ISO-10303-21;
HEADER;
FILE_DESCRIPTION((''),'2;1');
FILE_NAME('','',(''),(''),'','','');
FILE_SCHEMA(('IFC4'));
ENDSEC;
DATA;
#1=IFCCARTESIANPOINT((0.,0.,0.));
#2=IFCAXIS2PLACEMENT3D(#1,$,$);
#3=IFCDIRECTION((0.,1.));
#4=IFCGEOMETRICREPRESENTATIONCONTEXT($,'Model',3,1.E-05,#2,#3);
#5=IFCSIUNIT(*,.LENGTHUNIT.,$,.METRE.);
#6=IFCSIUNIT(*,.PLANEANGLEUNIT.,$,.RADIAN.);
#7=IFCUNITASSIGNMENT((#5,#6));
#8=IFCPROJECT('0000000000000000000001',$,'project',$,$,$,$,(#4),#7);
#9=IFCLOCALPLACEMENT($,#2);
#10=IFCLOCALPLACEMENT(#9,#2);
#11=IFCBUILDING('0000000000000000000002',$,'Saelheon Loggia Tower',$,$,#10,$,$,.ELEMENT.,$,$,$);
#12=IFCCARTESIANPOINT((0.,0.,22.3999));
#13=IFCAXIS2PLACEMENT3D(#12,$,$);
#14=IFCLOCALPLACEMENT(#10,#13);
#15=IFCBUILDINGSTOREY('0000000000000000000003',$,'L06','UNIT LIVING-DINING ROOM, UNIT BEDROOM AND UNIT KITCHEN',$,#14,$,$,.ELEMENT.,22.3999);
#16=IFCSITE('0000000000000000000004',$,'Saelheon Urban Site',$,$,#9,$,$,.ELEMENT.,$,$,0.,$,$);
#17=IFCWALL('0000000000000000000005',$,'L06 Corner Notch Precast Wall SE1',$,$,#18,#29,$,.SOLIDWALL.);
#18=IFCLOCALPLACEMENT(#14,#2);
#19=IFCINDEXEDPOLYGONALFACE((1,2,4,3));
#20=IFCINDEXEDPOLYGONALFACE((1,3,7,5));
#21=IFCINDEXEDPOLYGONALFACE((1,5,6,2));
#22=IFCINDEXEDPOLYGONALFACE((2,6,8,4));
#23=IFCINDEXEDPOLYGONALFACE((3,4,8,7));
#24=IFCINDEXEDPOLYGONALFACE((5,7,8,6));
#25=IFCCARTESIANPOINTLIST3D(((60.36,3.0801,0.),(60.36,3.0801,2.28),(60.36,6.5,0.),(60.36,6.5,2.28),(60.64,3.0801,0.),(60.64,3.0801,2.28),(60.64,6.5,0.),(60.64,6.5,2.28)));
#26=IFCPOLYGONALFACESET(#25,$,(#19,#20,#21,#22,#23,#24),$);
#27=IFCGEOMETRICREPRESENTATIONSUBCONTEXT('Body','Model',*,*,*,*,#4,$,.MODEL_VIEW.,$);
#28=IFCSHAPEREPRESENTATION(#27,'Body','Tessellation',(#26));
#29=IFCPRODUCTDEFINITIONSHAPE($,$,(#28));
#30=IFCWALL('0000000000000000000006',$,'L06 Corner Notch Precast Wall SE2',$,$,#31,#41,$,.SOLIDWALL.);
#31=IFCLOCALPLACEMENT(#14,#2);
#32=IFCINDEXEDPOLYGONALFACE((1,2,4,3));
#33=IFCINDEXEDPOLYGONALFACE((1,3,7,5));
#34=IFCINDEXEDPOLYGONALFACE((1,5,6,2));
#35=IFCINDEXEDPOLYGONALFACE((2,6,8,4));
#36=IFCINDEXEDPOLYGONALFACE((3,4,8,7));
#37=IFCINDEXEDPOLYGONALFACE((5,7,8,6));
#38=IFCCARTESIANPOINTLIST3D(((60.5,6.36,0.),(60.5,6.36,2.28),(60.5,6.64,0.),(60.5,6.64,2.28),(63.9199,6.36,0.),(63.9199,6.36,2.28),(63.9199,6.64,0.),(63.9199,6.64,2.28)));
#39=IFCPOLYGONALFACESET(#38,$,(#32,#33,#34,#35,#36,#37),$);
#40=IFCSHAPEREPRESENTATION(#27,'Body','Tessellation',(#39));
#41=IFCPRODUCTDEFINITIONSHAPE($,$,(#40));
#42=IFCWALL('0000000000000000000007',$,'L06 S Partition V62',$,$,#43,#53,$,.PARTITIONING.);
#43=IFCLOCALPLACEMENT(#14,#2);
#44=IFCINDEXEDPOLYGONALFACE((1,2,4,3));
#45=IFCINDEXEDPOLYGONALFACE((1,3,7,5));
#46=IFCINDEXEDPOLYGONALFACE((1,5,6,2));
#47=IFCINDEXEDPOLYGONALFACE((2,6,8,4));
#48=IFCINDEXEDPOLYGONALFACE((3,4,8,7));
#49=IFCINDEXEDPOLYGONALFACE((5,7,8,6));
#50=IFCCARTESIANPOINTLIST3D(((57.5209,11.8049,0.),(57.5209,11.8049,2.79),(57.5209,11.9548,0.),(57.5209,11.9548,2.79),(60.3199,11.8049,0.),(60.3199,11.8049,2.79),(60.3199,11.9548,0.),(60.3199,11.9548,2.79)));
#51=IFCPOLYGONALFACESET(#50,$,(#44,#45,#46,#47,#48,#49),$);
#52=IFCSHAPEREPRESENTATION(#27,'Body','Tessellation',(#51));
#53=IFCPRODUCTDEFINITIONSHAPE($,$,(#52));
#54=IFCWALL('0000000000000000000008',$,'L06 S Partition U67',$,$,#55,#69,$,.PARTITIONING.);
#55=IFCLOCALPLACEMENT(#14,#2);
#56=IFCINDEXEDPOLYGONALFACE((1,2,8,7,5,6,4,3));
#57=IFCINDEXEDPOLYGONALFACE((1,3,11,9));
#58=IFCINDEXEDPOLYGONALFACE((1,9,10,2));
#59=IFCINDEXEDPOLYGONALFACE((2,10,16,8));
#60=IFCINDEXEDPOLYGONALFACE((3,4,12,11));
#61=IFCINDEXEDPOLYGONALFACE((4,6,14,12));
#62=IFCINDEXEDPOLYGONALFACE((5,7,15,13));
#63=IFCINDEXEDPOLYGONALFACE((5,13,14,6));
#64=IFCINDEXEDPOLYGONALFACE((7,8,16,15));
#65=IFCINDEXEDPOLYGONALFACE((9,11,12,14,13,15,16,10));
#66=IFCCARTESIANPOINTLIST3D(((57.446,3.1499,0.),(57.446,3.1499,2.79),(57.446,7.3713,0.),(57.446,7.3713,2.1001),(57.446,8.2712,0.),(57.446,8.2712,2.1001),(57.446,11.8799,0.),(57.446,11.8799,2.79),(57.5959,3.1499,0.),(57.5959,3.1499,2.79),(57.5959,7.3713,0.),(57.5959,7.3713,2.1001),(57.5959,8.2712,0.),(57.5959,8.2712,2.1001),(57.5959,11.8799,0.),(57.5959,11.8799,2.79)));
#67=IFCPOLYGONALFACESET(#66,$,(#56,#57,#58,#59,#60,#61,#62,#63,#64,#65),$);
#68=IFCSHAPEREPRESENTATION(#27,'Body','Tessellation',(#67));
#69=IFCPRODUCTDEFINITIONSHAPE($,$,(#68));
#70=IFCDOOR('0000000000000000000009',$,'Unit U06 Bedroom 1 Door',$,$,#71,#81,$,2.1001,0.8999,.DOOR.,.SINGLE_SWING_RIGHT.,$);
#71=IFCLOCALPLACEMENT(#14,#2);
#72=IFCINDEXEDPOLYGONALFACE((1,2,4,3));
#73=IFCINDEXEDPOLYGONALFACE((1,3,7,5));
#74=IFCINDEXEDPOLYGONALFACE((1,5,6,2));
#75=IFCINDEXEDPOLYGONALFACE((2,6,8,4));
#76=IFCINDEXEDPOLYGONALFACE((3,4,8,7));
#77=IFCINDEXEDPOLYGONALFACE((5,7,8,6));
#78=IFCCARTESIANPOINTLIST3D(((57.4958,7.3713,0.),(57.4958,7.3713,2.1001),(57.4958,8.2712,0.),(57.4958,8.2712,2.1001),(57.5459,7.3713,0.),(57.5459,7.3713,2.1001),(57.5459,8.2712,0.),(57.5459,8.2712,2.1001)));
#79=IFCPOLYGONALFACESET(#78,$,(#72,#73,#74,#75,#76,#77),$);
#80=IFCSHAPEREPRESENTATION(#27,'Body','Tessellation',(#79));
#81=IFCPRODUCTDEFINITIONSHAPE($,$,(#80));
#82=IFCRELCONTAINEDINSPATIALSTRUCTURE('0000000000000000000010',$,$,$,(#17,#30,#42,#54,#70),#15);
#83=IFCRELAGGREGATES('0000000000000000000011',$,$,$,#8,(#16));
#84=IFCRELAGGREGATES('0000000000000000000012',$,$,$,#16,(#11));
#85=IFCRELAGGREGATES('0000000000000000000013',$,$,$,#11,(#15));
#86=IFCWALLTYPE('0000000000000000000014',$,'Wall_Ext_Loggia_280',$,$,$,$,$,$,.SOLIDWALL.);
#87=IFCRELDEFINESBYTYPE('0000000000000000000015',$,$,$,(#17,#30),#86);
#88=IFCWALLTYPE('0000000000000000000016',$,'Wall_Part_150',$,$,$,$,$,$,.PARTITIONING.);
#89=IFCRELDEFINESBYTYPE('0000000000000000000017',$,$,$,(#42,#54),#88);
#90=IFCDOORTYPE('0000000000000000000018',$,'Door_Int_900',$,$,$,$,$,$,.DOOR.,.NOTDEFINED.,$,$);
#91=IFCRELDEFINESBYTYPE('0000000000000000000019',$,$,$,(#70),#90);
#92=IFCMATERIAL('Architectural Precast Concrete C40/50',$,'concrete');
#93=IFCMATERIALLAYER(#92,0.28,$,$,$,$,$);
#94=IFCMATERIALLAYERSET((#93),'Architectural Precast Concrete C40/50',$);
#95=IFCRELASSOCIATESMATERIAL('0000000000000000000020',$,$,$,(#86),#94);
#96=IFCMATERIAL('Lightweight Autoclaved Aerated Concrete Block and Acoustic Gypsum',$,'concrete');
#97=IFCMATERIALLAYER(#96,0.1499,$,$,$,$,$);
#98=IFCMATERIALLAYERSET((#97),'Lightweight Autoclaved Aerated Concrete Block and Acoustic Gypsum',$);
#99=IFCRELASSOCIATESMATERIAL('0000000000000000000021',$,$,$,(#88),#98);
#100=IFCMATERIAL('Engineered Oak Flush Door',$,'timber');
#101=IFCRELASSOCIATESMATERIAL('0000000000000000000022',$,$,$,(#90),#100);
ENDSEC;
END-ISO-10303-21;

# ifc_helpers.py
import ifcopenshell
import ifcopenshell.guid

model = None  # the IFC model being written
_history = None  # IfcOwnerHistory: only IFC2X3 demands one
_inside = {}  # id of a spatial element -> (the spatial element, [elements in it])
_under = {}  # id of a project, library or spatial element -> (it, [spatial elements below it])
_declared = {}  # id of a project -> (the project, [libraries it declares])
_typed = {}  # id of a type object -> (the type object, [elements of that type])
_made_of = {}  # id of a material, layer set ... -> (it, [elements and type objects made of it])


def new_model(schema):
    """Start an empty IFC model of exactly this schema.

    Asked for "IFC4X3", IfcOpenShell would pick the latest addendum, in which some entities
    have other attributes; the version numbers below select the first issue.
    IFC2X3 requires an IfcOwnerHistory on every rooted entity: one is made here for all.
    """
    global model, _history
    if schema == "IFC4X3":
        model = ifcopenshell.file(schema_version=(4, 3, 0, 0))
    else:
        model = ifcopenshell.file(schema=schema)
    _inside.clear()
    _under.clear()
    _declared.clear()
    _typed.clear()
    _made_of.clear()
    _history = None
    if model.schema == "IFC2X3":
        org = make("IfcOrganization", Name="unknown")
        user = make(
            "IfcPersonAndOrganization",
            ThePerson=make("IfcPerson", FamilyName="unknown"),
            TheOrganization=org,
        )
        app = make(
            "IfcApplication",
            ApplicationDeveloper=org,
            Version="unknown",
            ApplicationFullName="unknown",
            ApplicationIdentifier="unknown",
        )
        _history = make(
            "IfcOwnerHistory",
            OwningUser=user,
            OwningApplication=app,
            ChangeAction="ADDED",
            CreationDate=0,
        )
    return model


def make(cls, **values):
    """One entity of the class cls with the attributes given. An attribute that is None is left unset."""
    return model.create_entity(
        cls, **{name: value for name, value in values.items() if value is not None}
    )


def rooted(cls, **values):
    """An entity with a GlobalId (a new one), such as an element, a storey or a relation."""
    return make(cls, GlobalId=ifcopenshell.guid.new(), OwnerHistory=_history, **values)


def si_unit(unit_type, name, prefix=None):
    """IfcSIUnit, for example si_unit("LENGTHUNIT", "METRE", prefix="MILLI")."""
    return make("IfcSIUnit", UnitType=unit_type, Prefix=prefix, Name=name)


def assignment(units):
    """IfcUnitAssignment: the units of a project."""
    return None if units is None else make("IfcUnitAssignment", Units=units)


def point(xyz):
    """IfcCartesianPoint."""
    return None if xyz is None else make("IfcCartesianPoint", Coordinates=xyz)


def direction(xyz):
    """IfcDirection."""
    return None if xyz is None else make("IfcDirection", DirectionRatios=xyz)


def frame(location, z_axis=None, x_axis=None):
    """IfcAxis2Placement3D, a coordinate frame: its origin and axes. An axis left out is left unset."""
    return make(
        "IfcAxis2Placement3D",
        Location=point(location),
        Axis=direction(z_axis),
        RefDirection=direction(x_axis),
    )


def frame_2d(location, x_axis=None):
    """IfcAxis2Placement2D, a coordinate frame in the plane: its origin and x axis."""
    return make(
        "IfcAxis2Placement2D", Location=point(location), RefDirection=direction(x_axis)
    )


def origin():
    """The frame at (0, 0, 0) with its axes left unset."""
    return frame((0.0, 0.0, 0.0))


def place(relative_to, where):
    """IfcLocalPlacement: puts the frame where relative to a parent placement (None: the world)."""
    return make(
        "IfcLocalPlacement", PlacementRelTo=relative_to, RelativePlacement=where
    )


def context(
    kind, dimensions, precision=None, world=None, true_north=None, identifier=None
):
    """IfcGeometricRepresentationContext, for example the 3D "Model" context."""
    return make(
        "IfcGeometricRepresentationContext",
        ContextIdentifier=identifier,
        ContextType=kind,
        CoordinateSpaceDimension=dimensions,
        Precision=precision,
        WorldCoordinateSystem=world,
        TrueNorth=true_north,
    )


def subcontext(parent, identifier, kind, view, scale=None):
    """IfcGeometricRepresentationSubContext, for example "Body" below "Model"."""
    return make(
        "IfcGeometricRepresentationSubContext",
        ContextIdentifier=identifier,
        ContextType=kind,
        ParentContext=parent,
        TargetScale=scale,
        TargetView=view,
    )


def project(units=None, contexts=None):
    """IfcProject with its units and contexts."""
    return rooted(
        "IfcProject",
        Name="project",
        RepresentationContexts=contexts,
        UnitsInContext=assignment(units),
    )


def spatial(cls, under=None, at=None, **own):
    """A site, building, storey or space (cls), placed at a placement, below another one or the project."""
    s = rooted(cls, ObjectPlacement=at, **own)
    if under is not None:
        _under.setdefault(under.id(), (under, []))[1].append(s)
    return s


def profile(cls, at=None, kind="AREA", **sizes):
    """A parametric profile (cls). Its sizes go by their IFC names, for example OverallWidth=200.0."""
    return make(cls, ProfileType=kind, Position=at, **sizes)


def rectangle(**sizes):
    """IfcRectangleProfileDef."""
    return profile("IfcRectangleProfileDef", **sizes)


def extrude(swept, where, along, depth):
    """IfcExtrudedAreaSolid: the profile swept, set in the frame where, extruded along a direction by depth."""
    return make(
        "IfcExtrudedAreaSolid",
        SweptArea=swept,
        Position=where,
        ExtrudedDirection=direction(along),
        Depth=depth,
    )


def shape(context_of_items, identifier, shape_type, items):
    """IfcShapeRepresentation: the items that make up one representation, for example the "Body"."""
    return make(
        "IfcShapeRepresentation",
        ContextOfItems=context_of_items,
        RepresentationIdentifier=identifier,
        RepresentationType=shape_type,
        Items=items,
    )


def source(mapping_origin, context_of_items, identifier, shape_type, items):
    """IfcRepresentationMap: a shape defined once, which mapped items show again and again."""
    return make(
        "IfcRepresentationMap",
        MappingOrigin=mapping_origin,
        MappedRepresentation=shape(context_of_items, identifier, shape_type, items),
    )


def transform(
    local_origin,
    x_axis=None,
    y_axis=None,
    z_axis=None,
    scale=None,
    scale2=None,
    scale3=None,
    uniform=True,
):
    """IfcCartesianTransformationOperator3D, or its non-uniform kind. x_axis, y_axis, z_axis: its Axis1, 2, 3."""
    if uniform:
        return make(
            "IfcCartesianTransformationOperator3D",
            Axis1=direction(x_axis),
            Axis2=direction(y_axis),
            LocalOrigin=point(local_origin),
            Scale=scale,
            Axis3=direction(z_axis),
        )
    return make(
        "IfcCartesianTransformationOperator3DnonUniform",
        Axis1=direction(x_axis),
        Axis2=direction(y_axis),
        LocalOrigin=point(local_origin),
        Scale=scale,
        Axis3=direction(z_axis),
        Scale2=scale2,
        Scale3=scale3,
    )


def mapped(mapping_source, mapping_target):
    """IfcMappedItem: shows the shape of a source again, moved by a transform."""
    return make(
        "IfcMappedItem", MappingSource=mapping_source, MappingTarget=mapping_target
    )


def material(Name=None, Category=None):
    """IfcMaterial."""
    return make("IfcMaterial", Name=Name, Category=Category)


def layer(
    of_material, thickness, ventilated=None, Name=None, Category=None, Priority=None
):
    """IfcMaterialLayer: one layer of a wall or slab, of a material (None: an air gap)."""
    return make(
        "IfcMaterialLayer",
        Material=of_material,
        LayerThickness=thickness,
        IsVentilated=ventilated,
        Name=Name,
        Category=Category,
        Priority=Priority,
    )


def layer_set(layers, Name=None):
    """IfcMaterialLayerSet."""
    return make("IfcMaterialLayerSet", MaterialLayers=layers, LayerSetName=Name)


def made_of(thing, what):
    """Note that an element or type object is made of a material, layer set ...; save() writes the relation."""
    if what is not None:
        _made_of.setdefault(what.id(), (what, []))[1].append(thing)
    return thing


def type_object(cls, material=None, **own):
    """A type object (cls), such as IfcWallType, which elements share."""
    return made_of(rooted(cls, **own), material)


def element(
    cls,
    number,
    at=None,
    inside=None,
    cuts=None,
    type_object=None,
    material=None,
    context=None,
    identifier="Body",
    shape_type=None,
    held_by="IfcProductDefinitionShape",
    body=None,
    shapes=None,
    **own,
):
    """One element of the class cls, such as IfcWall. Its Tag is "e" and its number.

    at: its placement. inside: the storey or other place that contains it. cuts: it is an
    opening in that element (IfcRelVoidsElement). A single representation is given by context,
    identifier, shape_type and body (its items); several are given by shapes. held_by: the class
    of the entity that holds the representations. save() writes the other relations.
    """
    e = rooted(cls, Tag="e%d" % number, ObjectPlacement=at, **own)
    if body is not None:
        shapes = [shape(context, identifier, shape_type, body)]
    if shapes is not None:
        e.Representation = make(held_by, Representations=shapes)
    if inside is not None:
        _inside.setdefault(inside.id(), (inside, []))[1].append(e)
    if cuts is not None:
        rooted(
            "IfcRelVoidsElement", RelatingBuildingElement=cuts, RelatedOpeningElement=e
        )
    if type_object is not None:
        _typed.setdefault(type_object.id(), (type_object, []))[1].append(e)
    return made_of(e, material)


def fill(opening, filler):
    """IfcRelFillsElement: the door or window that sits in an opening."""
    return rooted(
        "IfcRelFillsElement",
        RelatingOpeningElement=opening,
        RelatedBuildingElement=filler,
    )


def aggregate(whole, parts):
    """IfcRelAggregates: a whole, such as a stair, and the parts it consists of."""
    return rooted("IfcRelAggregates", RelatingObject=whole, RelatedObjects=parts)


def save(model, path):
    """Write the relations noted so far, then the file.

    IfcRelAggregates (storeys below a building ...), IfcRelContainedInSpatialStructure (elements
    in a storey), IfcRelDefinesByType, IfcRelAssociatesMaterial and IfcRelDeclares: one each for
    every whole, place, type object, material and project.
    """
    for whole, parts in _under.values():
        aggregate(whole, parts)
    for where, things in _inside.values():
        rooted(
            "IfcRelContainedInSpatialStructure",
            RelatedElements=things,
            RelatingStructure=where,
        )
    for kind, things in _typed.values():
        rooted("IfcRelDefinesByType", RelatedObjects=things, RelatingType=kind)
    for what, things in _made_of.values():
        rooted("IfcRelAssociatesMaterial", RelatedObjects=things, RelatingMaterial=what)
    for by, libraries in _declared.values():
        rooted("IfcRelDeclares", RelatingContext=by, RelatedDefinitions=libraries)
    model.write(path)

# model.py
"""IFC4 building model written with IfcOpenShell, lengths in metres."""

from ifc_helpers import new_model, si_unit, direction, frame, frame_2d, origin, place, context, subcontext, project, spatial, rectangle, extrude, source, transform, mapped, material, layer, layer_set, type_object, element, fill, save


model = new_model("IFC4")

# Units and contexts
model_context = context("Model", 3, precision=1e-05, world=origin(), true_north=direction((0.0, 1.0)))
body_context = subcontext(model_context, "Body", "Model", "MODEL_VIEW")
ifc_project = project(units=[si_unit("LENGTHUNIT", "METRE"), si_unit("PLANEANGLEUNIT", "RADIAN")], contexts=[model_context])

# Site, building, storey
site_placement = place(None, origin())
site = spatial("IfcSite", under=ifc_project, at=site_placement, Name="Saelheon Urban Site", CompositionType="ELEMENT", RefElevation=0.0)
building_placement = place(site_placement, origin())
building = spatial("IfcBuilding", under=site, at=building_placement, Name="Saelheon Loggia Tower", CompositionType="ELEMENT")
storey_placement = place(building_placement, frame((0.0, 0.0, 22.3999)))
storey = spatial("IfcBuildingStorey", under=building, at=storey_placement, Name="L06", Description="UNIT LIVING-DINING ROOM, UNIT BEDROOM AND UNIT KITCHEN", CompositionType="ELEMENT", Elevation=22.3999)

# Shared definitions
ifc_material_1 = material(Name="Architectural Precast Concrete C40/50", Category="concrete")
ifc_layer_1 = layer(ifc_material_1, 0.28)
ifc_layer_set_1 = layer_set([ifc_layer_1], Name="Architectural Precast Concrete C40/50")
wall_type_1 = type_object("IfcWallType", Name="Wall_Ext_Loggia_280", PredefinedType="SOLIDWALL", material=ifc_layer_set_1)

# Walls
for number, where, z_axis, x_axis, name in (
    (1, (60.5, 3.0801, 0.0), (0.0, 0.0, 1.0), (0.0, 1.0, 0.0), "L06 Corner Notch Precast Wall SE1"),
    (2, (60.5, 6.5, 0.0), (0.0, 0.0, 1.0), (1.0, 0.0, 0.0), "L06 Corner Notch Precast Wall SE2"),
):
    element("IfcWall", number, at=place(storey_placement, frame(where, z_axis=z_axis, x_axis=x_axis)), inside=storey, type_object=wall_type_1, Name=name, PredefinedType="SOLIDWALL", context=body_context, shape_type="SweptSolid", body=[
        extrude(rectangle(XDim=3.4199, YDim=0.28, at=frame_2d((1.71, 0.0))), origin(), (0.0, 0.0, 1.0), 2.28),
    ])
ifc_material_2 = material(Name="Lightweight Autoclaved Aerated Concrete Block and Acoustic Gypsum", Category="concrete")
ifc_layer_2 = layer(ifc_material_2, 0.1499)
ifc_layer_set_2 = layer_set([ifc_layer_2], Name="Lightweight Autoclaved Aerated Concrete Block and Acoustic Gypsum")
wall_type_2 = type_object("IfcWallType", Name="Wall_Part_150", PredefinedType="PARTITIONING", material=ifc_layer_set_2)
wall_1_placement = place(storey_placement, frame((57.521, 11.8799, 0.0), z_axis=(0.0, 0.0, 1.0), x_axis=(1.0, 0.0, 0.0)))
element("IfcWall", 3, at=wall_1_placement, inside=storey, type_object=wall_type_2, Name="L06 S Partition V62", PredefinedType="PARTITIONING", context=body_context, shape_type="SweptSolid", body=[
    extrude(rectangle(XDim=2.7991, YDim=0.1499, at=frame_2d((1.3994, 0.0))), origin(), (0.0, 0.0, 1.0), 2.79),
])

# Wall, opening, door
wall_2_placement = place(storey_placement, frame((57.521, 11.8799, 0.0), z_axis=(0.0, 0.0, 1.0), x_axis=(0.0, -1.0, 0.0)))
wall_2 = element("IfcWall", 4, at=wall_2_placement, inside=storey, type_object=wall_type_2, Name="L06 S Partition U67", PredefinedType="PARTITIONING", context=body_context, shape_type="SweptSolid", body=[
    extrude(rectangle(XDim=8.73, YDim=0.1499, at=frame_2d((4.365, 0.0))), origin(), (0.0, 0.0, 1.0), 2.79),
])
opening_1_placement = place(wall_2_placement, frame((3.6086, 0.0, 0.0)))
opening_1 = element("IfcOpeningElement", 5, at=opening_1_placement, cuts=wall_2, PredefinedType="OPENING", context=body_context, shape_type="SweptSolid", body=[
    extrude(rectangle(XDim=0.8999, YDim=2.1001, at=frame_2d((0.45, 1.05))), frame((0.0, 0.0869, 0.0), z_axis=(0.0, -1.0, 0.0), x_axis=(1.0, 0.0, 0.0)), (0.0, 0.0, 1.0), 0.1738),
])
ifc_material_3 = material(Name="Engineered Oak Flush Door", Category="timber")
door_type_1 = type_object("IfcDoorType", Name="Door_Int_900", OperationType="NOTDEFINED", PredefinedType="DOOR", material=ifc_material_3)
shared_shape_1 = source(origin(), body_context, "Body", "SweptSolid", [
    extrude(rectangle(XDim=0.8999, YDim=2.1001, at=frame_2d((0.45, 1.05))), frame((0.0, 0.0249, 0.0), z_axis=(0.0, -1.0, 0.0), x_axis=(1.0, 0.0, 0.0)), (0.0, 0.0, 1.0), 0.05),
])
door_1_placement = place(opening_1_placement, origin())
door_1 = element("IfcDoor", 6, at=door_1_placement, inside=storey, type_object=door_type_1, Name="Unit U06 Bedroom 1 Door", OperationType="SINGLE_SWING_RIGHT", OverallHeight=2.1001, OverallWidth=0.8999, PredefinedType="DOOR", context=body_context, shape_type="MappedRepresentation", body=[
    mapped(shared_shape_1, transform((0.0, 0.0, 0.0), scale=1.0)),
])
fill(opening_1, door_1)

save(model, "model.ifc")
